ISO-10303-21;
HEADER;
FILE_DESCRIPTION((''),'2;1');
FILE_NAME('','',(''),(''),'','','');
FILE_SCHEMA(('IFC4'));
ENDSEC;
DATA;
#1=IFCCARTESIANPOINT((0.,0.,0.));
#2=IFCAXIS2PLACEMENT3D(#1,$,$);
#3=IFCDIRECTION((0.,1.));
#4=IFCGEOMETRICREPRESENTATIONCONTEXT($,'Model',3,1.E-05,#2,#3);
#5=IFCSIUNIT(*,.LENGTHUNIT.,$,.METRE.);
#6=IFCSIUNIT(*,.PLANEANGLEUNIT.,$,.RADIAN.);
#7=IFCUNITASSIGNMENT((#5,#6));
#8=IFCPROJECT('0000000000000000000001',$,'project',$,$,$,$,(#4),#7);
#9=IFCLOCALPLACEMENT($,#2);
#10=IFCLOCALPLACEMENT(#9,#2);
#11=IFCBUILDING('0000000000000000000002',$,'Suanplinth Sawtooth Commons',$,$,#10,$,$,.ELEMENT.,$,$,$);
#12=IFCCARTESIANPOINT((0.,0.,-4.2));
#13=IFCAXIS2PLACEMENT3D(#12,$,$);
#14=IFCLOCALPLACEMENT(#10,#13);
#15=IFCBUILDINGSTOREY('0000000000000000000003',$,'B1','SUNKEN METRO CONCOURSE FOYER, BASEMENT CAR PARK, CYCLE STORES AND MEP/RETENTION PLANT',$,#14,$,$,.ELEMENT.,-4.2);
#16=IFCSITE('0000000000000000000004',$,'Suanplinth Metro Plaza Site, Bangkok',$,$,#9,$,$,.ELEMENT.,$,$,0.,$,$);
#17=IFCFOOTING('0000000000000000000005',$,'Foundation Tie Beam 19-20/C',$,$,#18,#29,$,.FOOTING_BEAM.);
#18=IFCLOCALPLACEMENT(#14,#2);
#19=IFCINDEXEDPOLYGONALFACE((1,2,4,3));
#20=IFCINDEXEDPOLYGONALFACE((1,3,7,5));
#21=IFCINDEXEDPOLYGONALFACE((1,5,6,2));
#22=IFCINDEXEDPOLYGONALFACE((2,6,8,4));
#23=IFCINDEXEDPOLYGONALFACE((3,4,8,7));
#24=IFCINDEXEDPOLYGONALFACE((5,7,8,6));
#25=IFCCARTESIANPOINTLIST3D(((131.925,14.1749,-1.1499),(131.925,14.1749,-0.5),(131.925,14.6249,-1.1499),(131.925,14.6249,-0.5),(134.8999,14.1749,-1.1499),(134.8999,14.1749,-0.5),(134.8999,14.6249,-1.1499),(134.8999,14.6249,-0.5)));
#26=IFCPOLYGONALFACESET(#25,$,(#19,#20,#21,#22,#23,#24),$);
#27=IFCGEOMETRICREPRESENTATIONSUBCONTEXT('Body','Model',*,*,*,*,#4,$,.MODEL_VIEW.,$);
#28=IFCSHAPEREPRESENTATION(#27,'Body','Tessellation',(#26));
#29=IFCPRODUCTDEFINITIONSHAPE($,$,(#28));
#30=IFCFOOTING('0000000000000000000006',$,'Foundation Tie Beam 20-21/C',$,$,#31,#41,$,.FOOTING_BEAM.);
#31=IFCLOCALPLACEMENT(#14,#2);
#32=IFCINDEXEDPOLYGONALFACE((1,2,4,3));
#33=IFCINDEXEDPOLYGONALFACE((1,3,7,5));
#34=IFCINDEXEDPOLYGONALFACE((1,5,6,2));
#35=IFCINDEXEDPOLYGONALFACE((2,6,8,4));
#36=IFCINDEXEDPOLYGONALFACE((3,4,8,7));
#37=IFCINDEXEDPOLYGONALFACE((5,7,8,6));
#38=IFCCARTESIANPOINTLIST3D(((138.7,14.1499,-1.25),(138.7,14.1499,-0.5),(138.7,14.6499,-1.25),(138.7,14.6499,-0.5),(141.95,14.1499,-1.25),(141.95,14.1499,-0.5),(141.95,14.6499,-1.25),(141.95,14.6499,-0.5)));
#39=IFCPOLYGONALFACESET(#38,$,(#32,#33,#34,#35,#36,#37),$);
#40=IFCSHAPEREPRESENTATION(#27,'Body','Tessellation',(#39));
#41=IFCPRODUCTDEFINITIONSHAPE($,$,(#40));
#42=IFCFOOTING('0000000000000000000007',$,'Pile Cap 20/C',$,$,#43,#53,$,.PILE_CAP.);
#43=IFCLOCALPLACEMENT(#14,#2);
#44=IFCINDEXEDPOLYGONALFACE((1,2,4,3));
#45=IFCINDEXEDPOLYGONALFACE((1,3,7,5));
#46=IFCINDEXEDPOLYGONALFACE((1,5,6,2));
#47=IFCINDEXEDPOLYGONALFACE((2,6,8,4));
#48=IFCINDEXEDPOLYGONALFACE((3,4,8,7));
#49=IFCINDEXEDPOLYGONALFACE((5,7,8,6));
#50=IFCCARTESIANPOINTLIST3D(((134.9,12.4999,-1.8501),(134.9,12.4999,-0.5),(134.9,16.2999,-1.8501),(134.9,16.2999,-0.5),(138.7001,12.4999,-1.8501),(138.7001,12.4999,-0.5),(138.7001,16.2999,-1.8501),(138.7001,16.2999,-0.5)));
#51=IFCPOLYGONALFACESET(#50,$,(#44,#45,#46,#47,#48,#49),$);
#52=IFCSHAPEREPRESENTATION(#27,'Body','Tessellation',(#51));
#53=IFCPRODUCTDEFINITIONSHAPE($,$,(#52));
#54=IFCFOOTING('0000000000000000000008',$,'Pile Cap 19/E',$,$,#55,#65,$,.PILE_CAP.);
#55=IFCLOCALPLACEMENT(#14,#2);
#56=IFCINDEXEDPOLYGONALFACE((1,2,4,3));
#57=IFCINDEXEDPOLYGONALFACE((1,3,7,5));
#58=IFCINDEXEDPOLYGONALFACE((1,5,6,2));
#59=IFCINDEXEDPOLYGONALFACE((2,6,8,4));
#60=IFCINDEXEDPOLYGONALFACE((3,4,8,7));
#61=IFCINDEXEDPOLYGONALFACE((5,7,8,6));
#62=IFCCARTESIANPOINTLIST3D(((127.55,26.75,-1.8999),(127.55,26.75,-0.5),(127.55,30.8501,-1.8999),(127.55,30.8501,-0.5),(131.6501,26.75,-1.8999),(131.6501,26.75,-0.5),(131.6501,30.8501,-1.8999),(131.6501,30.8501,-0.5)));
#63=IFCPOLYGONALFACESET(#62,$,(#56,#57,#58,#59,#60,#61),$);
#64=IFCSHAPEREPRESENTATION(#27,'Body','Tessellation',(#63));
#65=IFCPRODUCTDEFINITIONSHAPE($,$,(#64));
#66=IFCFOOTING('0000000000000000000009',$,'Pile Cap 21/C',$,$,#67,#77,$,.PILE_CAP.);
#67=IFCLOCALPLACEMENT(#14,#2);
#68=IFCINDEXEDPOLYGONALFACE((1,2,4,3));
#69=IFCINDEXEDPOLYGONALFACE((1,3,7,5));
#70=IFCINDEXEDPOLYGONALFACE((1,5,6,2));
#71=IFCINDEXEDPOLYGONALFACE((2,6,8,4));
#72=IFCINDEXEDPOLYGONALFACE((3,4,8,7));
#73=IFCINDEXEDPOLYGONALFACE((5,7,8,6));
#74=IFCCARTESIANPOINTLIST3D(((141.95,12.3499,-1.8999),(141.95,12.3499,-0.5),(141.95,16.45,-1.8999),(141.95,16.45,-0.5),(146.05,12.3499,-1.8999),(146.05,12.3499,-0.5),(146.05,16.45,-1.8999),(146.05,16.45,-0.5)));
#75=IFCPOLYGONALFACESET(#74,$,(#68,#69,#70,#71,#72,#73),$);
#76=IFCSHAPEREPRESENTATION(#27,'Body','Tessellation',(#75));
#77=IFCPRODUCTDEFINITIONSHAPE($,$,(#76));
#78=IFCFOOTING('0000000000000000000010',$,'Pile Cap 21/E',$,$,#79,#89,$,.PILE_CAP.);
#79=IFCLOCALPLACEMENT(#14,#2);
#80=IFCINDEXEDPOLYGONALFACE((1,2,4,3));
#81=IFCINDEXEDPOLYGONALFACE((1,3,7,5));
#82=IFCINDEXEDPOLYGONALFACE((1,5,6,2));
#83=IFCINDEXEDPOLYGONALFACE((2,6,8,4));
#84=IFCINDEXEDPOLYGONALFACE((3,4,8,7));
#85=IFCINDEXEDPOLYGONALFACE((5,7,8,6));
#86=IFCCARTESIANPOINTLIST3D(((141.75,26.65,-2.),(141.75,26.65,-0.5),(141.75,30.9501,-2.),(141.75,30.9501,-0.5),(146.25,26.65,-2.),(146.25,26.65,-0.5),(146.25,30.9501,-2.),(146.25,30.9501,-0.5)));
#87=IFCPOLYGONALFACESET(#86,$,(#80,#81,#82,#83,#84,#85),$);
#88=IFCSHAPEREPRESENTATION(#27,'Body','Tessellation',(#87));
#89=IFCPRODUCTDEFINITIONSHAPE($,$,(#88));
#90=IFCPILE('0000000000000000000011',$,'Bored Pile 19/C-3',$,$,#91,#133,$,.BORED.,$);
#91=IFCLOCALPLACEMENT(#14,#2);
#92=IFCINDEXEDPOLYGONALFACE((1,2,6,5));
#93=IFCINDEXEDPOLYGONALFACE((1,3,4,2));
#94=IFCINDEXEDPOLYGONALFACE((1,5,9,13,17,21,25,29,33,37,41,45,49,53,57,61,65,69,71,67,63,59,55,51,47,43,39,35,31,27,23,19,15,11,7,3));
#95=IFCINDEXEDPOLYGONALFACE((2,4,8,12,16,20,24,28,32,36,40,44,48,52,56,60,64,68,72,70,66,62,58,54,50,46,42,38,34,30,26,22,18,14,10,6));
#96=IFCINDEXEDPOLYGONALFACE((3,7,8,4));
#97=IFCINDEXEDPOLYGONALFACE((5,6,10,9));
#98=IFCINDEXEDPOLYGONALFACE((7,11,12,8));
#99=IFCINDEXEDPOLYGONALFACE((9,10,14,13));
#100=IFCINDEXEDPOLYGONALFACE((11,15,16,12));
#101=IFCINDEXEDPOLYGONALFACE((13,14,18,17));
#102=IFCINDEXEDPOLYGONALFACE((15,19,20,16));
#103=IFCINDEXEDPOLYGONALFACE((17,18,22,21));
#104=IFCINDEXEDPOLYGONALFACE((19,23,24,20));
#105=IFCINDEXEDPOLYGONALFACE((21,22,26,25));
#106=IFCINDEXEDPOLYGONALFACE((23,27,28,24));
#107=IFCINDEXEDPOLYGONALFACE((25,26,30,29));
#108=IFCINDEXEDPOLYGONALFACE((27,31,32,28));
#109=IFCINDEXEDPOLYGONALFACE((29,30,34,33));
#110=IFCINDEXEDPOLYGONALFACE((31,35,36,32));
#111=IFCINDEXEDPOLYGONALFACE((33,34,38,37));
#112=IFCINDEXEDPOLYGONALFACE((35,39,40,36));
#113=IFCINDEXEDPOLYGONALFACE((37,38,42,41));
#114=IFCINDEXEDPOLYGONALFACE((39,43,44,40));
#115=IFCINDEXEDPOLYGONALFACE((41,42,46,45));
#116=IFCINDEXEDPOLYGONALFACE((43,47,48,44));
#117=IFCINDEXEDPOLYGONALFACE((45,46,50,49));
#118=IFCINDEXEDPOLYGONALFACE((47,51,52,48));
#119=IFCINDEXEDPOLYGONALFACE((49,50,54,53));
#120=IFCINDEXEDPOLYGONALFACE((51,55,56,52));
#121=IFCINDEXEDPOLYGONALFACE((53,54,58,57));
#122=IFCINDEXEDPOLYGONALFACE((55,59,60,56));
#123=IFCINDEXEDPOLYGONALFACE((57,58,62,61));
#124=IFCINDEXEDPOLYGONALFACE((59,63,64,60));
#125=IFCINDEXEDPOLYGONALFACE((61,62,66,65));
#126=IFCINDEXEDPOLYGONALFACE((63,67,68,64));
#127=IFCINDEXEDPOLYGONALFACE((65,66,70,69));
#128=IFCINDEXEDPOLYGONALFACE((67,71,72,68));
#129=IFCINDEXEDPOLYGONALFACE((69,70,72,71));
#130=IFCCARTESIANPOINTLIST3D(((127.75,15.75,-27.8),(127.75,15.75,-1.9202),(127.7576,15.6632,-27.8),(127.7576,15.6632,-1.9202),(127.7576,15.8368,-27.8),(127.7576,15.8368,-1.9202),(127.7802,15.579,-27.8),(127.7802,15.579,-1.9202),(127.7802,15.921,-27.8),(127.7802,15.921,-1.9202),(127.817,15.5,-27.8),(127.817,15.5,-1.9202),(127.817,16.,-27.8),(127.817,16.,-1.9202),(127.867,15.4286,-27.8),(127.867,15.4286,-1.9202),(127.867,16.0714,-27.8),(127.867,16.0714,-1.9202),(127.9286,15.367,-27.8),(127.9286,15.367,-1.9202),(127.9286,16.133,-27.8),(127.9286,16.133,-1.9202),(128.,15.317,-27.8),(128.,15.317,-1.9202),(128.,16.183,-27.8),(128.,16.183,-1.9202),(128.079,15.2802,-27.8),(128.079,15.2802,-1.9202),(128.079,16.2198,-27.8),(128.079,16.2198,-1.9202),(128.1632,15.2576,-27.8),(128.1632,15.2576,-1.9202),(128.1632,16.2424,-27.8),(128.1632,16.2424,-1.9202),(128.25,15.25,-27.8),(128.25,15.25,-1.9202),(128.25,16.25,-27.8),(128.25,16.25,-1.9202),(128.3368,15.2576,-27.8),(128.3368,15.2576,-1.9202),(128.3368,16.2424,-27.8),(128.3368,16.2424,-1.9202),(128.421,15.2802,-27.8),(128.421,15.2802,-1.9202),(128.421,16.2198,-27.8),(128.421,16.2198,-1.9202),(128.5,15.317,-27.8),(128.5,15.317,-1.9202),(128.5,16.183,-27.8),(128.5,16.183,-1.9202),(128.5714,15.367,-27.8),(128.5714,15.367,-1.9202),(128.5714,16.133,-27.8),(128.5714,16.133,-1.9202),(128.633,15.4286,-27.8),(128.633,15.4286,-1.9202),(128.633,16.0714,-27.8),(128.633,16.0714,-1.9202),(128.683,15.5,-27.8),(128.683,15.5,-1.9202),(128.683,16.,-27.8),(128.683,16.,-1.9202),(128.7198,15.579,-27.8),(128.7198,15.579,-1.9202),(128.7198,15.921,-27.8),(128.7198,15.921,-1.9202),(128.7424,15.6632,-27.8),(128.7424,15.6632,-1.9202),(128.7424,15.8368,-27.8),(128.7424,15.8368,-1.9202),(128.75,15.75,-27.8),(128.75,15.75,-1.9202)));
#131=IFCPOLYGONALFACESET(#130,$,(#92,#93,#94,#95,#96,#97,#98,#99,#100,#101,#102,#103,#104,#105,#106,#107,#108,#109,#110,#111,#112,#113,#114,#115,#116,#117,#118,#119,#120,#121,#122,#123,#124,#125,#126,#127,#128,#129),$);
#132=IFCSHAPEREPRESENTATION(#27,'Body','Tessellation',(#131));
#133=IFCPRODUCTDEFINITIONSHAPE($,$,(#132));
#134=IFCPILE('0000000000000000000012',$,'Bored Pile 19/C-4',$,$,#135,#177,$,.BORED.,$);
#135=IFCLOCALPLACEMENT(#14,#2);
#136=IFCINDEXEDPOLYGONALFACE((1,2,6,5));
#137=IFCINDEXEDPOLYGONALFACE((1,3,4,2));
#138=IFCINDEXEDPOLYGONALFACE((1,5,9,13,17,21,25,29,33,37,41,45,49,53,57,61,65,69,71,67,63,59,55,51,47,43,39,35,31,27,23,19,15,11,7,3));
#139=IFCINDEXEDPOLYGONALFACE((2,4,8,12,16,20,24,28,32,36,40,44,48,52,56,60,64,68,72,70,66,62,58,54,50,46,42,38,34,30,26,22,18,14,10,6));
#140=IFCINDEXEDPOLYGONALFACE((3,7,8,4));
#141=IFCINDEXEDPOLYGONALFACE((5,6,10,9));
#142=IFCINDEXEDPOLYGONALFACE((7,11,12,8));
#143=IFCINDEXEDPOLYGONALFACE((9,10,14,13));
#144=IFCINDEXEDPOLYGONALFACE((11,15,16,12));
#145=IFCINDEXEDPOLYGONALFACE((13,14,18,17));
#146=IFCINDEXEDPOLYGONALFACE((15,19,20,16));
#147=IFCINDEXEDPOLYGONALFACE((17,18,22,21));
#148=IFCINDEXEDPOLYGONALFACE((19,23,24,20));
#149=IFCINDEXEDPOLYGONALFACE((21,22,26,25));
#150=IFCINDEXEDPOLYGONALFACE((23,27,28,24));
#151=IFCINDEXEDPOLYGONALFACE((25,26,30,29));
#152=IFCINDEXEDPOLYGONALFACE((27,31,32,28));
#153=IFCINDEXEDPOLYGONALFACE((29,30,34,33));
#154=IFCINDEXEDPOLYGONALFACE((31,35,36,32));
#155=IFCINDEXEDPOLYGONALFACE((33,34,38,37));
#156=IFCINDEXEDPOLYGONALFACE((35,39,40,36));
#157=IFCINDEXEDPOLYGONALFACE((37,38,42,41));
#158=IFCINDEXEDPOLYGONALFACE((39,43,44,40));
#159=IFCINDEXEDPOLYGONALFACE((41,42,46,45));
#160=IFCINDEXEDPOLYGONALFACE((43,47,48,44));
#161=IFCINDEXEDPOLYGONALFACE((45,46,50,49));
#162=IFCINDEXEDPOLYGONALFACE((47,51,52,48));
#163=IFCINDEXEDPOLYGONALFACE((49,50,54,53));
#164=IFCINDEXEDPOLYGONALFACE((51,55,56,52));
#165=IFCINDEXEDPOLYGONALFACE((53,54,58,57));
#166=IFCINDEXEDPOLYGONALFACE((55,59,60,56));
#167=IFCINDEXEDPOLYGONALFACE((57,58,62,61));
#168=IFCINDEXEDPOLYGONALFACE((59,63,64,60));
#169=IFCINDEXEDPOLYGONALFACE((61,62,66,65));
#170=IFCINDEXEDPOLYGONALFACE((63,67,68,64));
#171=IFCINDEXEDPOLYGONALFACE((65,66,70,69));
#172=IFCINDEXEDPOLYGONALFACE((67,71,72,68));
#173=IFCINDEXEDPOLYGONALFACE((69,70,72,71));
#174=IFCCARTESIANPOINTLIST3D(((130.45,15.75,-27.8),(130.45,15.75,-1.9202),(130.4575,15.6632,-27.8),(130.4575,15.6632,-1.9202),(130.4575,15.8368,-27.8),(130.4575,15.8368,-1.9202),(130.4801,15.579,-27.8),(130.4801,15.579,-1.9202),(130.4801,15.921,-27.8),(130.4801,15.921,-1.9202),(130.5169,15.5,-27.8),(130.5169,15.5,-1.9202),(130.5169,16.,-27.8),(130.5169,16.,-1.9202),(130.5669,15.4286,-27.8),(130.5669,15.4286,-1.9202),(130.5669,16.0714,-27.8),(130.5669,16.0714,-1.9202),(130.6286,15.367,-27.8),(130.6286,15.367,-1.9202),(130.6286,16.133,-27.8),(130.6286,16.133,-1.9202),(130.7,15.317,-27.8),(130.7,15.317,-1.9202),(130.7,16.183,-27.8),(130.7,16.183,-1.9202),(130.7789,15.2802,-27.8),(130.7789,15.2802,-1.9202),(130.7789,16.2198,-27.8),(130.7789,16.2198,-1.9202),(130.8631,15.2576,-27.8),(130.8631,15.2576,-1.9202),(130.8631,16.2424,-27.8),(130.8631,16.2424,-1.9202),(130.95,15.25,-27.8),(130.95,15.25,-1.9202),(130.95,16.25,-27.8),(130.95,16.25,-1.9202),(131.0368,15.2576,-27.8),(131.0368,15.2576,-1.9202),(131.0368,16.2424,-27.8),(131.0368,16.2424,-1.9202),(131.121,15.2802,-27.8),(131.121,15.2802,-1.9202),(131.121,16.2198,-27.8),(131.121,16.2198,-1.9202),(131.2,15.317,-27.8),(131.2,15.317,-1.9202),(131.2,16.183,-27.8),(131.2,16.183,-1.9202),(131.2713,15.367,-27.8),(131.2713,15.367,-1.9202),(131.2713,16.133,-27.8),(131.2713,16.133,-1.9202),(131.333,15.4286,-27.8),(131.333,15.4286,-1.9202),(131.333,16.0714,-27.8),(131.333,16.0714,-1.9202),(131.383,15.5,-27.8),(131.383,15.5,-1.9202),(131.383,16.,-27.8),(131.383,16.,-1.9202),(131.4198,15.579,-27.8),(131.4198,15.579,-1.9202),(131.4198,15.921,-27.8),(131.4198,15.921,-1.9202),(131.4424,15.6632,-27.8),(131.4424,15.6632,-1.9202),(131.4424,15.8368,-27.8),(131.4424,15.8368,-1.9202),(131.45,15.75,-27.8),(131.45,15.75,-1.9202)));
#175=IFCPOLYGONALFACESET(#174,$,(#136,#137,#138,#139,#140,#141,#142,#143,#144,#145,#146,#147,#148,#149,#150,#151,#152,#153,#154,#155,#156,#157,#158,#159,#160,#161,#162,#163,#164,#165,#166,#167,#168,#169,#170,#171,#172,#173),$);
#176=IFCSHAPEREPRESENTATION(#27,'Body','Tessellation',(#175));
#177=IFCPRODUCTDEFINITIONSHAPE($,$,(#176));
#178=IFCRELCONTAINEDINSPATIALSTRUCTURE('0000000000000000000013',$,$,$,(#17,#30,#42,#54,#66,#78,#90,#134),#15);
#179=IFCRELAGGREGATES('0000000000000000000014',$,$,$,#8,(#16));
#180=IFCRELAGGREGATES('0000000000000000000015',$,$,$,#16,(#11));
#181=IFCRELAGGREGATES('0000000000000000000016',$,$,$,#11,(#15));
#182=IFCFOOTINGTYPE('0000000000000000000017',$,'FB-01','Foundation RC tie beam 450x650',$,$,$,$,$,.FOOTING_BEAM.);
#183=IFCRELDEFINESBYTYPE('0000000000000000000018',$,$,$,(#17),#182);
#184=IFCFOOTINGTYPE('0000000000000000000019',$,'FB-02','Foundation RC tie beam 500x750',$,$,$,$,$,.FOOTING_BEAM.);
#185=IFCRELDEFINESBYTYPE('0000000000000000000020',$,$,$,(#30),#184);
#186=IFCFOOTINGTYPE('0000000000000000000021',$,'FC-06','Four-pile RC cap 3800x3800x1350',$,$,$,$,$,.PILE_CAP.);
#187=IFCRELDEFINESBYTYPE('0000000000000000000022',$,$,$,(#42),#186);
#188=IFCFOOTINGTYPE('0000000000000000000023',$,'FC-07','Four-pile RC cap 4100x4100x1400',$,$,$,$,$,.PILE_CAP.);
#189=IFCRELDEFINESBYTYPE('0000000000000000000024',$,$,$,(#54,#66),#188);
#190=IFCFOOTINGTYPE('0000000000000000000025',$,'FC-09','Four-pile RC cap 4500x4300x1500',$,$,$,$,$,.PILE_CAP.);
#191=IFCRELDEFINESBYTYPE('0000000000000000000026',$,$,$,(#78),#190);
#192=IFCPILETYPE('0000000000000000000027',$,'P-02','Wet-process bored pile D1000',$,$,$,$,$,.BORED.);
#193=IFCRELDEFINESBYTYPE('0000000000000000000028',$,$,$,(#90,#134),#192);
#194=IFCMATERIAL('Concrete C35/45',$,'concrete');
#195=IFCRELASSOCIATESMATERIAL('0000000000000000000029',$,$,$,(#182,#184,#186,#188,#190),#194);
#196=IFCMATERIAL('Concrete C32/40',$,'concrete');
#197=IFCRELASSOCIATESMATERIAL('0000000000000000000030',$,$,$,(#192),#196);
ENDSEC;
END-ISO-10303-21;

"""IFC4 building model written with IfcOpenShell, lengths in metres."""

from ifc_helpers import new_model, si_unit, direction, frame, origin, origin_2d, place, context, subcontext, project, spatial, rectangle, circle, extrude, material, material_profile, profile_set, type_object, element, save


model = new_model("IFC4")

# Units and contexts
model_context = context("Model", 3, precision=1e-05, world=origin(), true_north=direction((0.0, 1.0)))
body_context = subcontext(model_context, "Body", "Model", "MODEL_VIEW")
ifc_project = project(units=[si_unit("LENGTHUNIT", "METRE"), si_unit("PLANEANGLEUNIT", "RADIAN")], contexts=[model_context])

# Site, building, storey
site_placement = place(None, origin())
site = spatial("IfcSite", under=ifc_project, at=site_placement, Name="Suanplinth Metro Plaza Site, Bangkok", CompositionType="ELEMENT", RefElevation=0.0)
building_placement = place(site_placement, origin())
building = spatial("IfcBuilding", under=site, at=building_placement, Name="Suanplinth Sawtooth Commons", CompositionType="ELEMENT")
storey_placement = place(building_placement, frame((0.0, 0.0, -4.2)))
storey = spatial("IfcBuildingStorey", under=building, at=storey_placement, Name="B1", Description="SUNKEN METRO CONCOURSE FOYER, BASEMENT CAR PARK, CYCLE STORES AND MEP/RETENTION PLANT", CompositionType="ELEMENT", Elevation=-4.2)

# Footings
ifc_material_1 = material(Name="Concrete C35/45", Category="concrete")
ifc_material_profile_1 = material_profile(ifc_material_1, rectangle(XDim=0.45, YDim=0.6499, at=origin_2d()), Name="PC-GDR 450x650")
ifc_profile_set_1 = profile_set([ifc_material_profile_1], Name="Concrete C35/45")
footing_type_1 = type_object("IfcFootingType", Name="FB-01", Description="Foundation RC tie beam 450x650", PredefinedType="FOOTING_BEAM", material=ifc_profile_set_1)
footing_1_placement = place(storey_placement, frame((131.925, 14.3999, -0.825), z_axis=(1.0, 0.0, 0.0), x_axis=(0.0, 1.0, 0.0)))
element("IfcFooting", 1, at=footing_1_placement, inside=storey, type_object=footing_type_1, Name="Foundation Tie Beam 19-20/C", PredefinedType="FOOTING_BEAM", context=body_context, shape_type="SweptSolid", body=[
    extrude(rectangle(XDim=0.45, YDim=0.6499, at=origin_2d()), origin(), (0.0, 0.0, 1.0), 2.9749),
])
ifc_material_profile_2 = material_profile(ifc_material_1, rectangle(XDim=0.5, YDim=0.75, at=origin_2d()), Name="RC-GDR 500x750")
ifc_profile_set_2 = profile_set([ifc_material_profile_2], Name="Concrete C35/45")
footing_type_2 = type_object("IfcFootingType", Name="FB-02", Description="Foundation RC tie beam 500x750", PredefinedType="FOOTING_BEAM", material=ifc_profile_set_2)
footing_2_placement = place(storey_placement, frame((138.7, 14.3999, -0.875), z_axis=(1.0, 0.0, 0.0), x_axis=(0.0, 1.0, 0.0)))
element("IfcFooting", 2, at=footing_2_placement, inside=storey, type_object=footing_type_2, Name="Foundation Tie Beam 20-21/C", PredefinedType="FOOTING_BEAM", context=body_context, shape_type="SweptSolid", body=[
    extrude(rectangle(XDim=0.5, YDim=0.75, at=origin_2d()), origin(), (0.0, 0.0, 1.0), 3.25),
])
footing_type_3 = type_object("IfcFootingType", Name="FC-06", Description="Four-pile RC cap 3800x3800x1350", PredefinedType="PILE_CAP", material=ifc_material_1)
footing_3_placement = place(storey_placement, frame((136.8, 14.3999, -1.8501), z_axis=(0.0, 0.0, 1.0), x_axis=(1.0, 0.0, 0.0)))
element("IfcFooting", 3, at=footing_3_placement, inside=storey, type_object=footing_type_3, Name="Pile Cap 20/C", PredefinedType="PILE_CAP", context=body_context, shape_type="SweptSolid", body=[
    extrude(rectangle(XDim=3.8, YDim=3.8, at=origin_2d()), origin(), (0.0, 0.0, 1.0), 1.3501),
])
footing_type_4 = type_object("IfcFootingType", Name="FC-07", Description="Four-pile RC cap 4100x4100x1400", PredefinedType="PILE_CAP", material=ifc_material_1)
for number, where, z_axis, x_axis, name in (
    (4, (129.6001, 28.8, -1.8999), (0.0, 0.0, 1.0), (1.0, 0.0, 0.0), "Pile Cap 19/E"),
    (5, (144.0, 14.3999, -1.8999), (0.0, 0.0, 1.0), (1.0, 0.0, 0.0), "Pile Cap 21/C"),
):
    element("IfcFooting", number, at=place(storey_placement, frame(where, z_axis=z_axis, x_axis=x_axis)), inside=storey, type_object=footing_type_4, Name=name, PredefinedType="PILE_CAP", context=body_context, shape_type="SweptSolid", body=[
        extrude(rectangle(XDim=4.1001, YDim=4.1001, at=origin_2d()), origin(), (0.0, 0.0, 1.0), 1.3999),
    ])
footing_type_5 = type_object("IfcFootingType", Name="FC-09", Description="Four-pile RC cap 4500x4300x1500", PredefinedType="PILE_CAP", material=ifc_material_1)
footing_4_placement = place(storey_placement, frame((144.0, 28.8, -2.0), z_axis=(0.0, 0.0, 1.0), x_axis=(1.0, 0.0, 0.0)))
element("IfcFooting", 6, at=footing_4_placement, inside=storey, type_object=footing_type_5, Name="Pile Cap 21/E", PredefinedType="PILE_CAP", context=body_context, shape_type="SweptSolid", body=[
    extrude(rectangle(XDim=4.5, YDim=4.3, at=origin_2d()), origin(), (0.0, 0.0, 1.0), 1.5),
])

# Piles
ifc_material_2 = material(Name="Concrete C32/40", Category="concrete")
ifc_material_profile_3 = material_profile(ifc_material_2, circle(Radius=0.5, at=origin_2d()), Name="PILE D1000")
ifc_profile_set_3 = profile_set([ifc_material_profile_3], Name="Concrete C32/40")
pile_type = type_object("IfcPileType", Name="P-02", Description="Wet-process bored pile D1000", PredefinedType="BORED", material=ifc_profile_set_3)
for number, where, z_axis, x_axis, name in (
    (7, (128.25, 15.75, -1.9202), (0.0, 0.0, -1.0), (1.0, 0.0, 0.0), "Bored Pile 19/C-3"),
    (8, (130.95, 15.75, -1.9202), (0.0, 0.0, -1.0), (1.0, 0.0, 0.0), "Bored Pile 19/C-4"),
):
    element("IfcPile", number, at=place(storey_placement, frame(where, z_axis=z_axis, x_axis=x_axis)), inside=storey, type_object=pile_type, Name=name, PredefinedType="BORED", context=body_context, shape_type="SweptSolid", body=[
        extrude(circle(Radius=0.5, at=origin_2d()), origin(), (0.0, 0.0, 1.0), 25.8799),
    ])

save(model, "model.ifc")
